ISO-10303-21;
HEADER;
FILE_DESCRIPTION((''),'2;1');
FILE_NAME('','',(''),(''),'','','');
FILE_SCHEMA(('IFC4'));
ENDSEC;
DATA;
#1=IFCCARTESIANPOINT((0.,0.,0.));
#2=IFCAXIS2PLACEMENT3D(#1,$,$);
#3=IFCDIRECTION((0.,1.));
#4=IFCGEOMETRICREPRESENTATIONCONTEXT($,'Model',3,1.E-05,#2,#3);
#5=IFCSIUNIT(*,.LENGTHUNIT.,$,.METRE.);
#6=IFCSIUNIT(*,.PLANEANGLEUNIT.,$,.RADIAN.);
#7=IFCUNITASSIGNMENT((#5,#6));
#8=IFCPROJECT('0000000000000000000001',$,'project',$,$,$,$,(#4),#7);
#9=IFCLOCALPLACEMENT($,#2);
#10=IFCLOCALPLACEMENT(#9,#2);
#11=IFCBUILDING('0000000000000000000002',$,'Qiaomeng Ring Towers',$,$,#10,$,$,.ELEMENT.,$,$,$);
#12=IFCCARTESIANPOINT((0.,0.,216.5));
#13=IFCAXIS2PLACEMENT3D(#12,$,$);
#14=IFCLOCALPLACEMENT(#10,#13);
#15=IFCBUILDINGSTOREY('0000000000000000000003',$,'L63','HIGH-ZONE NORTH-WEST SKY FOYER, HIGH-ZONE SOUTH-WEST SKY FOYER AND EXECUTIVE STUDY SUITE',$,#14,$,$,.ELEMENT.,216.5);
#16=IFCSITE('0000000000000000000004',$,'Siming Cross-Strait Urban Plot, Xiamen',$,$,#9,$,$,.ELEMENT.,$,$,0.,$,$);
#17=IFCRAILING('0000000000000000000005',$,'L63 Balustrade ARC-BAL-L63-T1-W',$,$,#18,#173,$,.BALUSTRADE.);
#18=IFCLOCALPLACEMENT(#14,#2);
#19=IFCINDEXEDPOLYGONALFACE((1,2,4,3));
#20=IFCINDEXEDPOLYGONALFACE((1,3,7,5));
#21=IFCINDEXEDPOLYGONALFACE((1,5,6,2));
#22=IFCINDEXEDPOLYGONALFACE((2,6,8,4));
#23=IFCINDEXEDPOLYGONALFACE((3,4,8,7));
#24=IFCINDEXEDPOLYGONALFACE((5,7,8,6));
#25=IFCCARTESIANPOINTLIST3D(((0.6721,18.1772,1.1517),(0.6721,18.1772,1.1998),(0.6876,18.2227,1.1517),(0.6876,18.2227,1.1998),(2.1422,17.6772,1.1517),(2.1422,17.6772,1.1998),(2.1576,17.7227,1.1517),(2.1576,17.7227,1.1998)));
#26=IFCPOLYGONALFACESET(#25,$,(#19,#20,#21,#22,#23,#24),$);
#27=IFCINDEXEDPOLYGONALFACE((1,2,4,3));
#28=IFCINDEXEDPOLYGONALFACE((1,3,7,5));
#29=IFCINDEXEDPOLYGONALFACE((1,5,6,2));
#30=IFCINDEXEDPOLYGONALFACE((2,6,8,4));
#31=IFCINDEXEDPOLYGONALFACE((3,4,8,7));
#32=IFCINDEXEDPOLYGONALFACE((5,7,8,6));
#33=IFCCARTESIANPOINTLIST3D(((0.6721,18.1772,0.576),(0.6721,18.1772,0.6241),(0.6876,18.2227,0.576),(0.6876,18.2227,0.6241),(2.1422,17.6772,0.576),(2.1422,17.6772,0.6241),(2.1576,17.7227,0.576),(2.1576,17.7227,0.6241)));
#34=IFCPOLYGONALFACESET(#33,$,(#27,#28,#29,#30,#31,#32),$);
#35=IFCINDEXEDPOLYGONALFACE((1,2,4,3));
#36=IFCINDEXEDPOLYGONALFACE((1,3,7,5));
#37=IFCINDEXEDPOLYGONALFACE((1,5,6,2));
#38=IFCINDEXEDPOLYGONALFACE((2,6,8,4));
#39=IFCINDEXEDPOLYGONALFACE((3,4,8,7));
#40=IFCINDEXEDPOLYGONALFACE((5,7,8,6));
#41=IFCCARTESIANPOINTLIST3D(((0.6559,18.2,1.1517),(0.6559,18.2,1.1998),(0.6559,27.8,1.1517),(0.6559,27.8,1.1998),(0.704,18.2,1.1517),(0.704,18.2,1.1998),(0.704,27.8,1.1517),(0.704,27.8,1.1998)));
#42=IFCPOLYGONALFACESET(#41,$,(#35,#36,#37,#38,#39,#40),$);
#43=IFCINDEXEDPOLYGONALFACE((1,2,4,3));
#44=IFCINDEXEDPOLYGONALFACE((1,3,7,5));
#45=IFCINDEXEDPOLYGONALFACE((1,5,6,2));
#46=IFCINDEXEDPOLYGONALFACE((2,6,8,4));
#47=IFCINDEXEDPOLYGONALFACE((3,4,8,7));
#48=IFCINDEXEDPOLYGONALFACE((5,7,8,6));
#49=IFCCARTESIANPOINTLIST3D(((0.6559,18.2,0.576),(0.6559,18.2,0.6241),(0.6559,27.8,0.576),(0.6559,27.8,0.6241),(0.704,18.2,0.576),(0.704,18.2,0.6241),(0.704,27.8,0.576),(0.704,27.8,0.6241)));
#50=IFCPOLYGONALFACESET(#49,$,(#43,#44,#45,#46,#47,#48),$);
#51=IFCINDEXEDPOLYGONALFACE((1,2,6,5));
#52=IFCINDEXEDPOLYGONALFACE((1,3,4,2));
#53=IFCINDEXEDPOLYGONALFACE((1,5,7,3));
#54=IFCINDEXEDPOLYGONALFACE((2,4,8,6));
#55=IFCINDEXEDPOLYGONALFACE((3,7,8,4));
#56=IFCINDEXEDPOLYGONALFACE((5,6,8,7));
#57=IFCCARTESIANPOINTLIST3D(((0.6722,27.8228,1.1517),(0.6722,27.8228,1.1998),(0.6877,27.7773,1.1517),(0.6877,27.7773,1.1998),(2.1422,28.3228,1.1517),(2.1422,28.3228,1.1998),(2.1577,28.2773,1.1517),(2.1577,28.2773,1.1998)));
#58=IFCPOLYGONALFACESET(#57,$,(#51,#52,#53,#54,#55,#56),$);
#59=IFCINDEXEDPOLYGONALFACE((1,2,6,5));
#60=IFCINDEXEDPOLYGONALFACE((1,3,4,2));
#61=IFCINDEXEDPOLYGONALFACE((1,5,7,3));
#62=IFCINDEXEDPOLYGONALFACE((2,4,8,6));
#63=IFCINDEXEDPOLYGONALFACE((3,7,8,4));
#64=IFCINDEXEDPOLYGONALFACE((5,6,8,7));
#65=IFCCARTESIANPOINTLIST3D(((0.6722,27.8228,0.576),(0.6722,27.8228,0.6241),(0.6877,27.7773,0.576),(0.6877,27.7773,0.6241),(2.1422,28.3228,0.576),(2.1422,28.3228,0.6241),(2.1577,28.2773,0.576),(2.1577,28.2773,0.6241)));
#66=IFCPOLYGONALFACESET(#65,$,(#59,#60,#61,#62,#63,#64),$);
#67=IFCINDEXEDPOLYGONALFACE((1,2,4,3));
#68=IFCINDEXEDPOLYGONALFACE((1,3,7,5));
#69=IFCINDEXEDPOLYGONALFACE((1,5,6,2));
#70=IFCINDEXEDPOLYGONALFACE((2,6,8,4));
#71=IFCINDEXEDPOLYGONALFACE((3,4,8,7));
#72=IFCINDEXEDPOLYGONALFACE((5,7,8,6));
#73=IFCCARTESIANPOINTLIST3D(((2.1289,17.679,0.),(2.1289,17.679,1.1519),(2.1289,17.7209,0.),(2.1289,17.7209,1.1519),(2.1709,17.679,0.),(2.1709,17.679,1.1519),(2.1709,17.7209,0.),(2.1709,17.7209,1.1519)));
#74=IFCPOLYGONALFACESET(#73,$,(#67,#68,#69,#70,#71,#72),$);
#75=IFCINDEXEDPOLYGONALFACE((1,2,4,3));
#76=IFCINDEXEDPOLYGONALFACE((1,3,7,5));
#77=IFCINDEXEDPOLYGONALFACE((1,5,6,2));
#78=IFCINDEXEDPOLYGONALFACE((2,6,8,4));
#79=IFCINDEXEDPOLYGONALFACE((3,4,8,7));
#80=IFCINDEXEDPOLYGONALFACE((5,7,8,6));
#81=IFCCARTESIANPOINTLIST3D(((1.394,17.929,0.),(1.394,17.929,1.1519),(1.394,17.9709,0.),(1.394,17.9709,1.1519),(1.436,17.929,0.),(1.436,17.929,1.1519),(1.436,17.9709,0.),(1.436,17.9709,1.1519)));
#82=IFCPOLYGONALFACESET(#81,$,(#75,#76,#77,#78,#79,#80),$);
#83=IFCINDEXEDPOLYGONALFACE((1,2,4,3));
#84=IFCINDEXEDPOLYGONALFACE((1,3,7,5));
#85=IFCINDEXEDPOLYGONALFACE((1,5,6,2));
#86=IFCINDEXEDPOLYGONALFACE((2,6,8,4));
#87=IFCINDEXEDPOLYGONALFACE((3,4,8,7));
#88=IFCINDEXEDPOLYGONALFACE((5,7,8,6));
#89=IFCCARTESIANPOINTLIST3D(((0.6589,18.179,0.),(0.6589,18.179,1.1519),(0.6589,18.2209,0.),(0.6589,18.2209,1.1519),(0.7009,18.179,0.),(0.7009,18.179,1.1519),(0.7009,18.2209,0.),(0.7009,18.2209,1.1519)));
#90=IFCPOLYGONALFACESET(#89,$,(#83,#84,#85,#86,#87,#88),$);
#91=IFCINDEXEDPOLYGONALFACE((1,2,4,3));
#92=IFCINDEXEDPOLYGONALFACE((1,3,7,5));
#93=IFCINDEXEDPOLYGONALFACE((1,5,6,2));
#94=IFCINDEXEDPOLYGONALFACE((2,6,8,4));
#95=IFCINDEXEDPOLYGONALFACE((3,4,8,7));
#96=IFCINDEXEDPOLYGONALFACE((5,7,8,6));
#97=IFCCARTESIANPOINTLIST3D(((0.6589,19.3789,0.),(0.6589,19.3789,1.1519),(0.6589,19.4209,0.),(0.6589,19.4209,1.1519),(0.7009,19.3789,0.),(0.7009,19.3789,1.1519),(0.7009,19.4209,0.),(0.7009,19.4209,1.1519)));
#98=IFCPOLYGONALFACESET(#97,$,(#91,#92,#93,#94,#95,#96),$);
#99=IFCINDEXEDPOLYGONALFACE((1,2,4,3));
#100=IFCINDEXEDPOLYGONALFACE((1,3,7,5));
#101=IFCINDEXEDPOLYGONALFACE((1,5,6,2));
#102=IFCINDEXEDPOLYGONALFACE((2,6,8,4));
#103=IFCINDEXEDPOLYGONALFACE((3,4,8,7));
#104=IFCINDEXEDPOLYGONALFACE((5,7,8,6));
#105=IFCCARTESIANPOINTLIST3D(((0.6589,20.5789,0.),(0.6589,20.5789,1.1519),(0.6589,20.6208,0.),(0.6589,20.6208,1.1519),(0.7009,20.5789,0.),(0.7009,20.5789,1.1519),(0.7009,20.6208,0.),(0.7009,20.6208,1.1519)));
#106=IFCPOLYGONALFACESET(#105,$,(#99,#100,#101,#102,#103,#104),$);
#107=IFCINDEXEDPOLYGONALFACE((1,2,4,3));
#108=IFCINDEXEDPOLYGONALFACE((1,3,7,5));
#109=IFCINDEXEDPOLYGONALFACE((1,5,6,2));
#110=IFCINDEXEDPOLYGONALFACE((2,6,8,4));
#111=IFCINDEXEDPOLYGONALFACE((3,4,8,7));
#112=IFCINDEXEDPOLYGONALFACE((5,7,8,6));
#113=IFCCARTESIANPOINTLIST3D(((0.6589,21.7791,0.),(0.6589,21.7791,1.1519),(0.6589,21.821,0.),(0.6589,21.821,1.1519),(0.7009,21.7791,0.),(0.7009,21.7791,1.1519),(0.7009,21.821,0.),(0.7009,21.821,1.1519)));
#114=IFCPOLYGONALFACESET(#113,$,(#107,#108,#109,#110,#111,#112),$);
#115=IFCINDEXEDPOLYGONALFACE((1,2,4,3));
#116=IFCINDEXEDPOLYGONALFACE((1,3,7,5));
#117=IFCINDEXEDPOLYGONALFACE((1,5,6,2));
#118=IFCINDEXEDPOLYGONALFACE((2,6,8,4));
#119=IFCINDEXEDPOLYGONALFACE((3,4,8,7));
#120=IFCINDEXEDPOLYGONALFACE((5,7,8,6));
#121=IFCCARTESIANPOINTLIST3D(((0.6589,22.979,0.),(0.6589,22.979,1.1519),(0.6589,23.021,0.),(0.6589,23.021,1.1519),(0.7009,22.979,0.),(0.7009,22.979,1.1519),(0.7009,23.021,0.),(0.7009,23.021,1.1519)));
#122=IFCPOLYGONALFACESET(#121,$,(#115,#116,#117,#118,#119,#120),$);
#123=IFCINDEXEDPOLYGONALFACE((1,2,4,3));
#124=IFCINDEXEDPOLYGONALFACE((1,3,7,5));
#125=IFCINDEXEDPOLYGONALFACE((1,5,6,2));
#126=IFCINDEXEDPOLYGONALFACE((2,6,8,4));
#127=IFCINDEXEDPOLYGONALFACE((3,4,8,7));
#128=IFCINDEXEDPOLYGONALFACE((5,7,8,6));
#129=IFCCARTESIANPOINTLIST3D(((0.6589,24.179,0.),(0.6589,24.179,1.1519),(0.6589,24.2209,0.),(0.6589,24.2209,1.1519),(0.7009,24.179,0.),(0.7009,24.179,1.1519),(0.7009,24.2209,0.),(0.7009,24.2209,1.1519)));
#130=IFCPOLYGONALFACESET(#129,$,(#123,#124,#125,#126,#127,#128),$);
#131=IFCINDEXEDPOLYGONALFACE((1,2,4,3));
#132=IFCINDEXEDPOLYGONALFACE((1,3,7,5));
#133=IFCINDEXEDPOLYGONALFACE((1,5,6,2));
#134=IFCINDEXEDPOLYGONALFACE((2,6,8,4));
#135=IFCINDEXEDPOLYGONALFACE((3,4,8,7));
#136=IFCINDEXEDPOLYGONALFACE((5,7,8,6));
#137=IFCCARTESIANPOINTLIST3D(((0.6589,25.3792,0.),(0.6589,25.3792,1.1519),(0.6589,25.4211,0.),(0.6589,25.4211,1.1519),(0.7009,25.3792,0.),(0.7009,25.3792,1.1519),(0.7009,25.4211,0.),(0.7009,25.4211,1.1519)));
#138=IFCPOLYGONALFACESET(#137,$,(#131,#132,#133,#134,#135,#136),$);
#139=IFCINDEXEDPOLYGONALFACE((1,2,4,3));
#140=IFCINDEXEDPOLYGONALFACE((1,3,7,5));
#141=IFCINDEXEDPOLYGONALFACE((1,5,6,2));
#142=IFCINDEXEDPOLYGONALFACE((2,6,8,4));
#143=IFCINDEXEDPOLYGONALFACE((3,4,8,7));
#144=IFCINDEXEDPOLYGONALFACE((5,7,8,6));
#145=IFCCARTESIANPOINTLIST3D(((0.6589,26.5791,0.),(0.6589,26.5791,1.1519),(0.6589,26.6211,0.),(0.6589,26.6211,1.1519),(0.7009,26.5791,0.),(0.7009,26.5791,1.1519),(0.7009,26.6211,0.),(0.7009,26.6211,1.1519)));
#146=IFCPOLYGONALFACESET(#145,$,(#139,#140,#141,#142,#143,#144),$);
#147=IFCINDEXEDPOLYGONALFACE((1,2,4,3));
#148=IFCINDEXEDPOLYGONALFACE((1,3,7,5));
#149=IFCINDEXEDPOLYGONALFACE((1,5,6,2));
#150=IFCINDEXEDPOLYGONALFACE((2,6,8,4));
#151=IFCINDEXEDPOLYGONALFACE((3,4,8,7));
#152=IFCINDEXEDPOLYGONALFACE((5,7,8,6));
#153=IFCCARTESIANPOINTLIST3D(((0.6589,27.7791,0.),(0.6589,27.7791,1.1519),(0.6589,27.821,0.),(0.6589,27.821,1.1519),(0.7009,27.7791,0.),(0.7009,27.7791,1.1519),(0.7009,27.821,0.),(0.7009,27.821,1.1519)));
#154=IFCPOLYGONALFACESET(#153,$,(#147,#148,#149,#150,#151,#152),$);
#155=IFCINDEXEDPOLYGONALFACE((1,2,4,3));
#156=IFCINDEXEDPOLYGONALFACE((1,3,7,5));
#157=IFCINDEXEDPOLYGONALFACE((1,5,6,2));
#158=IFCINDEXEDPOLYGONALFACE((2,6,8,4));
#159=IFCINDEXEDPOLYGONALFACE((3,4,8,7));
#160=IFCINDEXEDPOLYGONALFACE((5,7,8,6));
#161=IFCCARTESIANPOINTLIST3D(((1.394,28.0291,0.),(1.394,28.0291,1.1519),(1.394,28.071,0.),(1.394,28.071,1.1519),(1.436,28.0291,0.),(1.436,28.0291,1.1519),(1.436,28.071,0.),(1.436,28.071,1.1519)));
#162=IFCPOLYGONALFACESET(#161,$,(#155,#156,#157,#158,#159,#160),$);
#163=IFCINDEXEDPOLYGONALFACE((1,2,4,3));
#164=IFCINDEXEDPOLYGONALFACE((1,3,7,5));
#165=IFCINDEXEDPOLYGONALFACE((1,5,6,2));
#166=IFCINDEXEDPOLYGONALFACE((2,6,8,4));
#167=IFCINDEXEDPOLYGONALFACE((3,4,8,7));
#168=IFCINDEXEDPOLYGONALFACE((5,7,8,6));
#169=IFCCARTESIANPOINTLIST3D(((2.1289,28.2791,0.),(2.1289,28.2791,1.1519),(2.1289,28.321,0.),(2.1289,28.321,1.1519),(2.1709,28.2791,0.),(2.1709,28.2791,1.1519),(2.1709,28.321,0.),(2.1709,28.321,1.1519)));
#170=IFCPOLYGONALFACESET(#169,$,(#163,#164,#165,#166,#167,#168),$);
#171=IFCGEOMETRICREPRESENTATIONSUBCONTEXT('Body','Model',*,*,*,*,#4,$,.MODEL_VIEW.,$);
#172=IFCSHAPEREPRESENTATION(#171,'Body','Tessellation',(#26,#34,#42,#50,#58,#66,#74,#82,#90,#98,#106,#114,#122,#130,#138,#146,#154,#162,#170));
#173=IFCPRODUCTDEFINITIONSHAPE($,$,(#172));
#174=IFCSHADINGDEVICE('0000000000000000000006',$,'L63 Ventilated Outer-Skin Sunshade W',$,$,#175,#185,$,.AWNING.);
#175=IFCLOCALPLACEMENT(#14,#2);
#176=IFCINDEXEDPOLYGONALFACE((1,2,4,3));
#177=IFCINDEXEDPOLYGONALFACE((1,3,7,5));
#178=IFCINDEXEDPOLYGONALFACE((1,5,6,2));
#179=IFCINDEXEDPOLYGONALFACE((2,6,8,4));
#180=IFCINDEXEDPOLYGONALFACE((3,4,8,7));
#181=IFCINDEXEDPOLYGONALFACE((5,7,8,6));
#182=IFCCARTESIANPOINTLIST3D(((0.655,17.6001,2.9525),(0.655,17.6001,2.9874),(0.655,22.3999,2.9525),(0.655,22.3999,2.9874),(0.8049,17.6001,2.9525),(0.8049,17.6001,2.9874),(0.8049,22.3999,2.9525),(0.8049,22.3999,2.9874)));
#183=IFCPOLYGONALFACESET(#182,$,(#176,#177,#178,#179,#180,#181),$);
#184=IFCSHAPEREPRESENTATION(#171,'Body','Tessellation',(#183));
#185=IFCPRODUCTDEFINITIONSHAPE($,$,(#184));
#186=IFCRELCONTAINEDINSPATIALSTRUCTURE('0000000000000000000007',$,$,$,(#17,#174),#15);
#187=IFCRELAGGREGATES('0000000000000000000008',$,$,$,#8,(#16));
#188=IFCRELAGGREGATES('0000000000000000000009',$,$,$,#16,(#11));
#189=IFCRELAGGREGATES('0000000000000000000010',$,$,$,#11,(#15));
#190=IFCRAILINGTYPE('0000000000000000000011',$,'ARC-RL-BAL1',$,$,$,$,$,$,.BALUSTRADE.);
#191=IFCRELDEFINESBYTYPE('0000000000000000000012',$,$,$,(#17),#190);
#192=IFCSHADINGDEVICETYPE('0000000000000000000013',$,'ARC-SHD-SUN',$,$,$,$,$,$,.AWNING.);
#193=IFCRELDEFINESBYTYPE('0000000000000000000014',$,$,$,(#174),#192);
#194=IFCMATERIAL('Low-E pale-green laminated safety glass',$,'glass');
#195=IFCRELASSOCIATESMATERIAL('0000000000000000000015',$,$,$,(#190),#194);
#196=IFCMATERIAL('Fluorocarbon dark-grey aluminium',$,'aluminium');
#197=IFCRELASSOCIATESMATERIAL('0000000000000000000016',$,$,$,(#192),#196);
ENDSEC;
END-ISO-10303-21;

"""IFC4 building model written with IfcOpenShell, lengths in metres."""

from ifc_helpers import new_model, si_unit, direction, frame, origin, origin_2d, place, context, subcontext, project, spatial, rectangle, extrude, source, transform, mapped, material, material_profile, profile_set, type_object, element, save


model = new_model("IFC4")

# Units and contexts
model_context = context("Model", 3, precision=1e-05, world=origin(), true_north=direction((0.0, 1.0)))
body_context = subcontext(model_context, "Body", "Model", "MODEL_VIEW")
ifc_project = project(units=[si_unit("LENGTHUNIT", "METRE"), si_unit("PLANEANGLEUNIT", "RADIAN")], contexts=[model_context])

# Site, building, storey
site_placement = place(None, origin())
site = spatial("IfcSite", under=ifc_project, at=site_placement, Name="Siming Cross-Strait Urban Plot, Xiamen", CompositionType="ELEMENT", RefElevation=0.0)
building_placement = place(site_placement, origin())
building = spatial("IfcBuilding", under=site, at=building_placement, Name="Qiaomeng Ring Towers", CompositionType="ELEMENT")
storey_placement = place(building_placement, frame((0.0, 0.0, 216.5)))
storey = spatial("IfcBuildingStorey", under=building, at=storey_placement, Name="L63", Description="HIGH-ZONE NORTH-WEST SKY FOYER, HIGH-ZONE SOUTH-WEST SKY FOYER AND EXECUTIVE STUDY SUITE", CompositionType="ELEMENT", Elevation=216.5)

# Railing
ifc_material_1 = material(Name="Low-E pale-green laminated safety glass", Category="glass")
railing_type = type_object("IfcRailingType", Name="ARC-RL-BAL1", PredefinedType="BALUSTRADE", material=ifc_material_1)
railing_placement = place(storey_placement, frame((2.1499, 17.7, 0.0)))
element("IfcRailing", 1, at=railing_placement, inside=storey, type_object=railing_type, Name="L63 Balustrade ARC-BAL-L63-T1-W", PredefinedType="BALUSTRADE", context=body_context, shape_type="SweptSolid", body=[
    extrude(rectangle(XDim=0.0481, YDim=0.0481, at=origin_2d()), frame((0.0, 0.0, 1.1758), z_axis=(-0.946732, 0.322024, 0.0), x_axis=(-0.322024, -0.946732, 0.0)), (0.0, 0.0, 1.0), 1.5527),
    extrude(rectangle(XDim=0.0481, YDim=0.0481, at=origin_2d()), frame((0.0, 0.0, 0.6001), z_axis=(-0.946732, 0.322024, 0.0), x_axis=(-0.322024, -0.946732, 0.0)), (0.0, 0.0, 1.0), 1.5527),
    extrude(rectangle(XDim=0.0481, YDim=0.0481, at=origin_2d()), frame((-1.47, 0.5, 1.1758), z_axis=(0.0, 1.0, 0.0), x_axis=(-1.0, 0.0, 0.0)), (0.0, 0.0, 1.0), 9.6001),
    extrude(rectangle(XDim=0.0481, YDim=0.0481, at=origin_2d()), frame((-1.47, 0.5, 0.6001), z_axis=(0.0, 1.0, 0.0), x_axis=(-1.0, 0.0, 0.0)), (0.0, 0.0, 1.0), 9.6001),
    extrude(rectangle(XDim=0.0481, YDim=0.0481, at=origin_2d()), frame((-1.47, 10.1001, 1.1758), z_axis=(0.946732, 0.322024, 0.0), x_axis=(-0.322024, 0.946732, 0.0)), (0.0, 0.0, 1.0), 1.5527),
    extrude(rectangle(XDim=0.0481, YDim=0.0481, at=origin_2d()), frame((-1.47, 10.1001, 0.6001), z_axis=(0.946732, 0.322024, 0.0), x_axis=(-0.322024, 0.946732, 0.0)), (0.0, 0.0, 1.0), 1.5527),
    extrude(rectangle(XDim=0.042, YDim=0.042, at=origin_2d()), origin(), (0.0, 0.0, 1.0), 1.1519),
    extrude(rectangle(XDim=0.042, YDim=0.042, at=origin_2d()), frame((-0.7349, 0.25, 0.0)), (0.0, 0.0, 1.0), 1.1519),
    extrude(rectangle(XDim=0.042, YDim=0.042, at=origin_2d()), frame((-1.47, 0.5, 0.0)), (0.0, 0.0, 1.0), 1.1519),
    extrude(rectangle(XDim=0.042, YDim=0.042, at=origin_2d()), frame((-1.47, 1.7, 0.0)), (0.0, 0.0, 1.0), 1.1519),
    extrude(rectangle(XDim=0.042, YDim=0.042, at=origin_2d()), frame((-1.47, 2.8999, 0.0)), (0.0, 0.0, 1.0), 1.1519),
    extrude(rectangle(XDim=0.042, YDim=0.042, at=origin_2d()), frame((-1.47, 4.1001, 0.0)), (0.0, 0.0, 1.0), 1.1519),
    extrude(rectangle(XDim=0.042, YDim=0.042, at=origin_2d()), frame((-1.47, 5.3, 0.0)), (0.0, 0.0, 1.0), 1.1519),
    extrude(rectangle(XDim=0.042, YDim=0.042, at=origin_2d()), frame((-1.47, 6.5, 0.0)), (0.0, 0.0, 1.0), 1.1519),
    extrude(rectangle(XDim=0.042, YDim=0.042, at=origin_2d()), frame((-1.47, 7.7002, 0.0)), (0.0, 0.0, 1.0), 1.1519),
    extrude(rectangle(XDim=0.042, YDim=0.042, at=origin_2d()), frame((-1.47, 8.9001, 0.0)), (0.0, 0.0, 1.0), 1.1519),
    extrude(rectangle(XDim=0.042, YDim=0.042, at=origin_2d()), frame((-1.47, 10.1001, 0.0)), (0.0, 0.0, 1.0), 1.1519),
    extrude(rectangle(XDim=0.042, YDim=0.042, at=origin_2d()), frame((-0.7349, 10.3501, 0.0)), (0.0, 0.0, 1.0), 1.1519),
    extrude(rectangle(XDim=0.042, YDim=0.042, at=origin_2d()), frame((0.0, 10.6001, 0.0)), (0.0, 0.0, 1.0), 1.1519),
])

# Shading device
ifc_material_2 = material(Name="Fluorocarbon dark-grey aluminium", Category="aluminium")
ifc_material_profile_1 = material_profile(ifc_material_2, rectangle(XDim=0.1499, YDim=0.0349, at=origin_2d()), Name="LV BLADE 150x35")
ifc_profile_set_1 = profile_set([ifc_material_profile_1], Name="Fluorocarbon dark-grey aluminium")
shading_device_type = type_object("IfcShadingDeviceType", Name="ARC-SHD-SUN", PredefinedType="AWNING", material=ifc_profile_set_1)
shared_shape_1 = source(origin(), body_context, "Body", "SweptSolid", [
    extrude(rectangle(XDim=0.1499, YDim=0.0349, at=origin_2d()), origin(), (0.0, 0.0, 1.0), 4.7998),
])
shading_device_placement = place(storey_placement, frame((0.73, 17.6001, 2.97), z_axis=(0.0, 1.0, 0.0), x_axis=(-1.0, 0.0, 0.0)))
element("IfcShadingDevice", 2, at=shading_device_placement, inside=storey, type_object=shading_device_type, Name="L63 Ventilated Outer-Skin Sunshade W", PredefinedType="AWNING", context=body_context, shape_type="MappedRepresentation", body=[
    mapped(shared_shape_1, transform((0.0, 0.0, 0.0), x_axis=(1.0, 0.0, 0.0), y_axis=(0.0, 1.0, 0.0), z_axis=(0.0, 0.0, 1.0), scale=1.0)),
])

save(model, "model.ifc")
